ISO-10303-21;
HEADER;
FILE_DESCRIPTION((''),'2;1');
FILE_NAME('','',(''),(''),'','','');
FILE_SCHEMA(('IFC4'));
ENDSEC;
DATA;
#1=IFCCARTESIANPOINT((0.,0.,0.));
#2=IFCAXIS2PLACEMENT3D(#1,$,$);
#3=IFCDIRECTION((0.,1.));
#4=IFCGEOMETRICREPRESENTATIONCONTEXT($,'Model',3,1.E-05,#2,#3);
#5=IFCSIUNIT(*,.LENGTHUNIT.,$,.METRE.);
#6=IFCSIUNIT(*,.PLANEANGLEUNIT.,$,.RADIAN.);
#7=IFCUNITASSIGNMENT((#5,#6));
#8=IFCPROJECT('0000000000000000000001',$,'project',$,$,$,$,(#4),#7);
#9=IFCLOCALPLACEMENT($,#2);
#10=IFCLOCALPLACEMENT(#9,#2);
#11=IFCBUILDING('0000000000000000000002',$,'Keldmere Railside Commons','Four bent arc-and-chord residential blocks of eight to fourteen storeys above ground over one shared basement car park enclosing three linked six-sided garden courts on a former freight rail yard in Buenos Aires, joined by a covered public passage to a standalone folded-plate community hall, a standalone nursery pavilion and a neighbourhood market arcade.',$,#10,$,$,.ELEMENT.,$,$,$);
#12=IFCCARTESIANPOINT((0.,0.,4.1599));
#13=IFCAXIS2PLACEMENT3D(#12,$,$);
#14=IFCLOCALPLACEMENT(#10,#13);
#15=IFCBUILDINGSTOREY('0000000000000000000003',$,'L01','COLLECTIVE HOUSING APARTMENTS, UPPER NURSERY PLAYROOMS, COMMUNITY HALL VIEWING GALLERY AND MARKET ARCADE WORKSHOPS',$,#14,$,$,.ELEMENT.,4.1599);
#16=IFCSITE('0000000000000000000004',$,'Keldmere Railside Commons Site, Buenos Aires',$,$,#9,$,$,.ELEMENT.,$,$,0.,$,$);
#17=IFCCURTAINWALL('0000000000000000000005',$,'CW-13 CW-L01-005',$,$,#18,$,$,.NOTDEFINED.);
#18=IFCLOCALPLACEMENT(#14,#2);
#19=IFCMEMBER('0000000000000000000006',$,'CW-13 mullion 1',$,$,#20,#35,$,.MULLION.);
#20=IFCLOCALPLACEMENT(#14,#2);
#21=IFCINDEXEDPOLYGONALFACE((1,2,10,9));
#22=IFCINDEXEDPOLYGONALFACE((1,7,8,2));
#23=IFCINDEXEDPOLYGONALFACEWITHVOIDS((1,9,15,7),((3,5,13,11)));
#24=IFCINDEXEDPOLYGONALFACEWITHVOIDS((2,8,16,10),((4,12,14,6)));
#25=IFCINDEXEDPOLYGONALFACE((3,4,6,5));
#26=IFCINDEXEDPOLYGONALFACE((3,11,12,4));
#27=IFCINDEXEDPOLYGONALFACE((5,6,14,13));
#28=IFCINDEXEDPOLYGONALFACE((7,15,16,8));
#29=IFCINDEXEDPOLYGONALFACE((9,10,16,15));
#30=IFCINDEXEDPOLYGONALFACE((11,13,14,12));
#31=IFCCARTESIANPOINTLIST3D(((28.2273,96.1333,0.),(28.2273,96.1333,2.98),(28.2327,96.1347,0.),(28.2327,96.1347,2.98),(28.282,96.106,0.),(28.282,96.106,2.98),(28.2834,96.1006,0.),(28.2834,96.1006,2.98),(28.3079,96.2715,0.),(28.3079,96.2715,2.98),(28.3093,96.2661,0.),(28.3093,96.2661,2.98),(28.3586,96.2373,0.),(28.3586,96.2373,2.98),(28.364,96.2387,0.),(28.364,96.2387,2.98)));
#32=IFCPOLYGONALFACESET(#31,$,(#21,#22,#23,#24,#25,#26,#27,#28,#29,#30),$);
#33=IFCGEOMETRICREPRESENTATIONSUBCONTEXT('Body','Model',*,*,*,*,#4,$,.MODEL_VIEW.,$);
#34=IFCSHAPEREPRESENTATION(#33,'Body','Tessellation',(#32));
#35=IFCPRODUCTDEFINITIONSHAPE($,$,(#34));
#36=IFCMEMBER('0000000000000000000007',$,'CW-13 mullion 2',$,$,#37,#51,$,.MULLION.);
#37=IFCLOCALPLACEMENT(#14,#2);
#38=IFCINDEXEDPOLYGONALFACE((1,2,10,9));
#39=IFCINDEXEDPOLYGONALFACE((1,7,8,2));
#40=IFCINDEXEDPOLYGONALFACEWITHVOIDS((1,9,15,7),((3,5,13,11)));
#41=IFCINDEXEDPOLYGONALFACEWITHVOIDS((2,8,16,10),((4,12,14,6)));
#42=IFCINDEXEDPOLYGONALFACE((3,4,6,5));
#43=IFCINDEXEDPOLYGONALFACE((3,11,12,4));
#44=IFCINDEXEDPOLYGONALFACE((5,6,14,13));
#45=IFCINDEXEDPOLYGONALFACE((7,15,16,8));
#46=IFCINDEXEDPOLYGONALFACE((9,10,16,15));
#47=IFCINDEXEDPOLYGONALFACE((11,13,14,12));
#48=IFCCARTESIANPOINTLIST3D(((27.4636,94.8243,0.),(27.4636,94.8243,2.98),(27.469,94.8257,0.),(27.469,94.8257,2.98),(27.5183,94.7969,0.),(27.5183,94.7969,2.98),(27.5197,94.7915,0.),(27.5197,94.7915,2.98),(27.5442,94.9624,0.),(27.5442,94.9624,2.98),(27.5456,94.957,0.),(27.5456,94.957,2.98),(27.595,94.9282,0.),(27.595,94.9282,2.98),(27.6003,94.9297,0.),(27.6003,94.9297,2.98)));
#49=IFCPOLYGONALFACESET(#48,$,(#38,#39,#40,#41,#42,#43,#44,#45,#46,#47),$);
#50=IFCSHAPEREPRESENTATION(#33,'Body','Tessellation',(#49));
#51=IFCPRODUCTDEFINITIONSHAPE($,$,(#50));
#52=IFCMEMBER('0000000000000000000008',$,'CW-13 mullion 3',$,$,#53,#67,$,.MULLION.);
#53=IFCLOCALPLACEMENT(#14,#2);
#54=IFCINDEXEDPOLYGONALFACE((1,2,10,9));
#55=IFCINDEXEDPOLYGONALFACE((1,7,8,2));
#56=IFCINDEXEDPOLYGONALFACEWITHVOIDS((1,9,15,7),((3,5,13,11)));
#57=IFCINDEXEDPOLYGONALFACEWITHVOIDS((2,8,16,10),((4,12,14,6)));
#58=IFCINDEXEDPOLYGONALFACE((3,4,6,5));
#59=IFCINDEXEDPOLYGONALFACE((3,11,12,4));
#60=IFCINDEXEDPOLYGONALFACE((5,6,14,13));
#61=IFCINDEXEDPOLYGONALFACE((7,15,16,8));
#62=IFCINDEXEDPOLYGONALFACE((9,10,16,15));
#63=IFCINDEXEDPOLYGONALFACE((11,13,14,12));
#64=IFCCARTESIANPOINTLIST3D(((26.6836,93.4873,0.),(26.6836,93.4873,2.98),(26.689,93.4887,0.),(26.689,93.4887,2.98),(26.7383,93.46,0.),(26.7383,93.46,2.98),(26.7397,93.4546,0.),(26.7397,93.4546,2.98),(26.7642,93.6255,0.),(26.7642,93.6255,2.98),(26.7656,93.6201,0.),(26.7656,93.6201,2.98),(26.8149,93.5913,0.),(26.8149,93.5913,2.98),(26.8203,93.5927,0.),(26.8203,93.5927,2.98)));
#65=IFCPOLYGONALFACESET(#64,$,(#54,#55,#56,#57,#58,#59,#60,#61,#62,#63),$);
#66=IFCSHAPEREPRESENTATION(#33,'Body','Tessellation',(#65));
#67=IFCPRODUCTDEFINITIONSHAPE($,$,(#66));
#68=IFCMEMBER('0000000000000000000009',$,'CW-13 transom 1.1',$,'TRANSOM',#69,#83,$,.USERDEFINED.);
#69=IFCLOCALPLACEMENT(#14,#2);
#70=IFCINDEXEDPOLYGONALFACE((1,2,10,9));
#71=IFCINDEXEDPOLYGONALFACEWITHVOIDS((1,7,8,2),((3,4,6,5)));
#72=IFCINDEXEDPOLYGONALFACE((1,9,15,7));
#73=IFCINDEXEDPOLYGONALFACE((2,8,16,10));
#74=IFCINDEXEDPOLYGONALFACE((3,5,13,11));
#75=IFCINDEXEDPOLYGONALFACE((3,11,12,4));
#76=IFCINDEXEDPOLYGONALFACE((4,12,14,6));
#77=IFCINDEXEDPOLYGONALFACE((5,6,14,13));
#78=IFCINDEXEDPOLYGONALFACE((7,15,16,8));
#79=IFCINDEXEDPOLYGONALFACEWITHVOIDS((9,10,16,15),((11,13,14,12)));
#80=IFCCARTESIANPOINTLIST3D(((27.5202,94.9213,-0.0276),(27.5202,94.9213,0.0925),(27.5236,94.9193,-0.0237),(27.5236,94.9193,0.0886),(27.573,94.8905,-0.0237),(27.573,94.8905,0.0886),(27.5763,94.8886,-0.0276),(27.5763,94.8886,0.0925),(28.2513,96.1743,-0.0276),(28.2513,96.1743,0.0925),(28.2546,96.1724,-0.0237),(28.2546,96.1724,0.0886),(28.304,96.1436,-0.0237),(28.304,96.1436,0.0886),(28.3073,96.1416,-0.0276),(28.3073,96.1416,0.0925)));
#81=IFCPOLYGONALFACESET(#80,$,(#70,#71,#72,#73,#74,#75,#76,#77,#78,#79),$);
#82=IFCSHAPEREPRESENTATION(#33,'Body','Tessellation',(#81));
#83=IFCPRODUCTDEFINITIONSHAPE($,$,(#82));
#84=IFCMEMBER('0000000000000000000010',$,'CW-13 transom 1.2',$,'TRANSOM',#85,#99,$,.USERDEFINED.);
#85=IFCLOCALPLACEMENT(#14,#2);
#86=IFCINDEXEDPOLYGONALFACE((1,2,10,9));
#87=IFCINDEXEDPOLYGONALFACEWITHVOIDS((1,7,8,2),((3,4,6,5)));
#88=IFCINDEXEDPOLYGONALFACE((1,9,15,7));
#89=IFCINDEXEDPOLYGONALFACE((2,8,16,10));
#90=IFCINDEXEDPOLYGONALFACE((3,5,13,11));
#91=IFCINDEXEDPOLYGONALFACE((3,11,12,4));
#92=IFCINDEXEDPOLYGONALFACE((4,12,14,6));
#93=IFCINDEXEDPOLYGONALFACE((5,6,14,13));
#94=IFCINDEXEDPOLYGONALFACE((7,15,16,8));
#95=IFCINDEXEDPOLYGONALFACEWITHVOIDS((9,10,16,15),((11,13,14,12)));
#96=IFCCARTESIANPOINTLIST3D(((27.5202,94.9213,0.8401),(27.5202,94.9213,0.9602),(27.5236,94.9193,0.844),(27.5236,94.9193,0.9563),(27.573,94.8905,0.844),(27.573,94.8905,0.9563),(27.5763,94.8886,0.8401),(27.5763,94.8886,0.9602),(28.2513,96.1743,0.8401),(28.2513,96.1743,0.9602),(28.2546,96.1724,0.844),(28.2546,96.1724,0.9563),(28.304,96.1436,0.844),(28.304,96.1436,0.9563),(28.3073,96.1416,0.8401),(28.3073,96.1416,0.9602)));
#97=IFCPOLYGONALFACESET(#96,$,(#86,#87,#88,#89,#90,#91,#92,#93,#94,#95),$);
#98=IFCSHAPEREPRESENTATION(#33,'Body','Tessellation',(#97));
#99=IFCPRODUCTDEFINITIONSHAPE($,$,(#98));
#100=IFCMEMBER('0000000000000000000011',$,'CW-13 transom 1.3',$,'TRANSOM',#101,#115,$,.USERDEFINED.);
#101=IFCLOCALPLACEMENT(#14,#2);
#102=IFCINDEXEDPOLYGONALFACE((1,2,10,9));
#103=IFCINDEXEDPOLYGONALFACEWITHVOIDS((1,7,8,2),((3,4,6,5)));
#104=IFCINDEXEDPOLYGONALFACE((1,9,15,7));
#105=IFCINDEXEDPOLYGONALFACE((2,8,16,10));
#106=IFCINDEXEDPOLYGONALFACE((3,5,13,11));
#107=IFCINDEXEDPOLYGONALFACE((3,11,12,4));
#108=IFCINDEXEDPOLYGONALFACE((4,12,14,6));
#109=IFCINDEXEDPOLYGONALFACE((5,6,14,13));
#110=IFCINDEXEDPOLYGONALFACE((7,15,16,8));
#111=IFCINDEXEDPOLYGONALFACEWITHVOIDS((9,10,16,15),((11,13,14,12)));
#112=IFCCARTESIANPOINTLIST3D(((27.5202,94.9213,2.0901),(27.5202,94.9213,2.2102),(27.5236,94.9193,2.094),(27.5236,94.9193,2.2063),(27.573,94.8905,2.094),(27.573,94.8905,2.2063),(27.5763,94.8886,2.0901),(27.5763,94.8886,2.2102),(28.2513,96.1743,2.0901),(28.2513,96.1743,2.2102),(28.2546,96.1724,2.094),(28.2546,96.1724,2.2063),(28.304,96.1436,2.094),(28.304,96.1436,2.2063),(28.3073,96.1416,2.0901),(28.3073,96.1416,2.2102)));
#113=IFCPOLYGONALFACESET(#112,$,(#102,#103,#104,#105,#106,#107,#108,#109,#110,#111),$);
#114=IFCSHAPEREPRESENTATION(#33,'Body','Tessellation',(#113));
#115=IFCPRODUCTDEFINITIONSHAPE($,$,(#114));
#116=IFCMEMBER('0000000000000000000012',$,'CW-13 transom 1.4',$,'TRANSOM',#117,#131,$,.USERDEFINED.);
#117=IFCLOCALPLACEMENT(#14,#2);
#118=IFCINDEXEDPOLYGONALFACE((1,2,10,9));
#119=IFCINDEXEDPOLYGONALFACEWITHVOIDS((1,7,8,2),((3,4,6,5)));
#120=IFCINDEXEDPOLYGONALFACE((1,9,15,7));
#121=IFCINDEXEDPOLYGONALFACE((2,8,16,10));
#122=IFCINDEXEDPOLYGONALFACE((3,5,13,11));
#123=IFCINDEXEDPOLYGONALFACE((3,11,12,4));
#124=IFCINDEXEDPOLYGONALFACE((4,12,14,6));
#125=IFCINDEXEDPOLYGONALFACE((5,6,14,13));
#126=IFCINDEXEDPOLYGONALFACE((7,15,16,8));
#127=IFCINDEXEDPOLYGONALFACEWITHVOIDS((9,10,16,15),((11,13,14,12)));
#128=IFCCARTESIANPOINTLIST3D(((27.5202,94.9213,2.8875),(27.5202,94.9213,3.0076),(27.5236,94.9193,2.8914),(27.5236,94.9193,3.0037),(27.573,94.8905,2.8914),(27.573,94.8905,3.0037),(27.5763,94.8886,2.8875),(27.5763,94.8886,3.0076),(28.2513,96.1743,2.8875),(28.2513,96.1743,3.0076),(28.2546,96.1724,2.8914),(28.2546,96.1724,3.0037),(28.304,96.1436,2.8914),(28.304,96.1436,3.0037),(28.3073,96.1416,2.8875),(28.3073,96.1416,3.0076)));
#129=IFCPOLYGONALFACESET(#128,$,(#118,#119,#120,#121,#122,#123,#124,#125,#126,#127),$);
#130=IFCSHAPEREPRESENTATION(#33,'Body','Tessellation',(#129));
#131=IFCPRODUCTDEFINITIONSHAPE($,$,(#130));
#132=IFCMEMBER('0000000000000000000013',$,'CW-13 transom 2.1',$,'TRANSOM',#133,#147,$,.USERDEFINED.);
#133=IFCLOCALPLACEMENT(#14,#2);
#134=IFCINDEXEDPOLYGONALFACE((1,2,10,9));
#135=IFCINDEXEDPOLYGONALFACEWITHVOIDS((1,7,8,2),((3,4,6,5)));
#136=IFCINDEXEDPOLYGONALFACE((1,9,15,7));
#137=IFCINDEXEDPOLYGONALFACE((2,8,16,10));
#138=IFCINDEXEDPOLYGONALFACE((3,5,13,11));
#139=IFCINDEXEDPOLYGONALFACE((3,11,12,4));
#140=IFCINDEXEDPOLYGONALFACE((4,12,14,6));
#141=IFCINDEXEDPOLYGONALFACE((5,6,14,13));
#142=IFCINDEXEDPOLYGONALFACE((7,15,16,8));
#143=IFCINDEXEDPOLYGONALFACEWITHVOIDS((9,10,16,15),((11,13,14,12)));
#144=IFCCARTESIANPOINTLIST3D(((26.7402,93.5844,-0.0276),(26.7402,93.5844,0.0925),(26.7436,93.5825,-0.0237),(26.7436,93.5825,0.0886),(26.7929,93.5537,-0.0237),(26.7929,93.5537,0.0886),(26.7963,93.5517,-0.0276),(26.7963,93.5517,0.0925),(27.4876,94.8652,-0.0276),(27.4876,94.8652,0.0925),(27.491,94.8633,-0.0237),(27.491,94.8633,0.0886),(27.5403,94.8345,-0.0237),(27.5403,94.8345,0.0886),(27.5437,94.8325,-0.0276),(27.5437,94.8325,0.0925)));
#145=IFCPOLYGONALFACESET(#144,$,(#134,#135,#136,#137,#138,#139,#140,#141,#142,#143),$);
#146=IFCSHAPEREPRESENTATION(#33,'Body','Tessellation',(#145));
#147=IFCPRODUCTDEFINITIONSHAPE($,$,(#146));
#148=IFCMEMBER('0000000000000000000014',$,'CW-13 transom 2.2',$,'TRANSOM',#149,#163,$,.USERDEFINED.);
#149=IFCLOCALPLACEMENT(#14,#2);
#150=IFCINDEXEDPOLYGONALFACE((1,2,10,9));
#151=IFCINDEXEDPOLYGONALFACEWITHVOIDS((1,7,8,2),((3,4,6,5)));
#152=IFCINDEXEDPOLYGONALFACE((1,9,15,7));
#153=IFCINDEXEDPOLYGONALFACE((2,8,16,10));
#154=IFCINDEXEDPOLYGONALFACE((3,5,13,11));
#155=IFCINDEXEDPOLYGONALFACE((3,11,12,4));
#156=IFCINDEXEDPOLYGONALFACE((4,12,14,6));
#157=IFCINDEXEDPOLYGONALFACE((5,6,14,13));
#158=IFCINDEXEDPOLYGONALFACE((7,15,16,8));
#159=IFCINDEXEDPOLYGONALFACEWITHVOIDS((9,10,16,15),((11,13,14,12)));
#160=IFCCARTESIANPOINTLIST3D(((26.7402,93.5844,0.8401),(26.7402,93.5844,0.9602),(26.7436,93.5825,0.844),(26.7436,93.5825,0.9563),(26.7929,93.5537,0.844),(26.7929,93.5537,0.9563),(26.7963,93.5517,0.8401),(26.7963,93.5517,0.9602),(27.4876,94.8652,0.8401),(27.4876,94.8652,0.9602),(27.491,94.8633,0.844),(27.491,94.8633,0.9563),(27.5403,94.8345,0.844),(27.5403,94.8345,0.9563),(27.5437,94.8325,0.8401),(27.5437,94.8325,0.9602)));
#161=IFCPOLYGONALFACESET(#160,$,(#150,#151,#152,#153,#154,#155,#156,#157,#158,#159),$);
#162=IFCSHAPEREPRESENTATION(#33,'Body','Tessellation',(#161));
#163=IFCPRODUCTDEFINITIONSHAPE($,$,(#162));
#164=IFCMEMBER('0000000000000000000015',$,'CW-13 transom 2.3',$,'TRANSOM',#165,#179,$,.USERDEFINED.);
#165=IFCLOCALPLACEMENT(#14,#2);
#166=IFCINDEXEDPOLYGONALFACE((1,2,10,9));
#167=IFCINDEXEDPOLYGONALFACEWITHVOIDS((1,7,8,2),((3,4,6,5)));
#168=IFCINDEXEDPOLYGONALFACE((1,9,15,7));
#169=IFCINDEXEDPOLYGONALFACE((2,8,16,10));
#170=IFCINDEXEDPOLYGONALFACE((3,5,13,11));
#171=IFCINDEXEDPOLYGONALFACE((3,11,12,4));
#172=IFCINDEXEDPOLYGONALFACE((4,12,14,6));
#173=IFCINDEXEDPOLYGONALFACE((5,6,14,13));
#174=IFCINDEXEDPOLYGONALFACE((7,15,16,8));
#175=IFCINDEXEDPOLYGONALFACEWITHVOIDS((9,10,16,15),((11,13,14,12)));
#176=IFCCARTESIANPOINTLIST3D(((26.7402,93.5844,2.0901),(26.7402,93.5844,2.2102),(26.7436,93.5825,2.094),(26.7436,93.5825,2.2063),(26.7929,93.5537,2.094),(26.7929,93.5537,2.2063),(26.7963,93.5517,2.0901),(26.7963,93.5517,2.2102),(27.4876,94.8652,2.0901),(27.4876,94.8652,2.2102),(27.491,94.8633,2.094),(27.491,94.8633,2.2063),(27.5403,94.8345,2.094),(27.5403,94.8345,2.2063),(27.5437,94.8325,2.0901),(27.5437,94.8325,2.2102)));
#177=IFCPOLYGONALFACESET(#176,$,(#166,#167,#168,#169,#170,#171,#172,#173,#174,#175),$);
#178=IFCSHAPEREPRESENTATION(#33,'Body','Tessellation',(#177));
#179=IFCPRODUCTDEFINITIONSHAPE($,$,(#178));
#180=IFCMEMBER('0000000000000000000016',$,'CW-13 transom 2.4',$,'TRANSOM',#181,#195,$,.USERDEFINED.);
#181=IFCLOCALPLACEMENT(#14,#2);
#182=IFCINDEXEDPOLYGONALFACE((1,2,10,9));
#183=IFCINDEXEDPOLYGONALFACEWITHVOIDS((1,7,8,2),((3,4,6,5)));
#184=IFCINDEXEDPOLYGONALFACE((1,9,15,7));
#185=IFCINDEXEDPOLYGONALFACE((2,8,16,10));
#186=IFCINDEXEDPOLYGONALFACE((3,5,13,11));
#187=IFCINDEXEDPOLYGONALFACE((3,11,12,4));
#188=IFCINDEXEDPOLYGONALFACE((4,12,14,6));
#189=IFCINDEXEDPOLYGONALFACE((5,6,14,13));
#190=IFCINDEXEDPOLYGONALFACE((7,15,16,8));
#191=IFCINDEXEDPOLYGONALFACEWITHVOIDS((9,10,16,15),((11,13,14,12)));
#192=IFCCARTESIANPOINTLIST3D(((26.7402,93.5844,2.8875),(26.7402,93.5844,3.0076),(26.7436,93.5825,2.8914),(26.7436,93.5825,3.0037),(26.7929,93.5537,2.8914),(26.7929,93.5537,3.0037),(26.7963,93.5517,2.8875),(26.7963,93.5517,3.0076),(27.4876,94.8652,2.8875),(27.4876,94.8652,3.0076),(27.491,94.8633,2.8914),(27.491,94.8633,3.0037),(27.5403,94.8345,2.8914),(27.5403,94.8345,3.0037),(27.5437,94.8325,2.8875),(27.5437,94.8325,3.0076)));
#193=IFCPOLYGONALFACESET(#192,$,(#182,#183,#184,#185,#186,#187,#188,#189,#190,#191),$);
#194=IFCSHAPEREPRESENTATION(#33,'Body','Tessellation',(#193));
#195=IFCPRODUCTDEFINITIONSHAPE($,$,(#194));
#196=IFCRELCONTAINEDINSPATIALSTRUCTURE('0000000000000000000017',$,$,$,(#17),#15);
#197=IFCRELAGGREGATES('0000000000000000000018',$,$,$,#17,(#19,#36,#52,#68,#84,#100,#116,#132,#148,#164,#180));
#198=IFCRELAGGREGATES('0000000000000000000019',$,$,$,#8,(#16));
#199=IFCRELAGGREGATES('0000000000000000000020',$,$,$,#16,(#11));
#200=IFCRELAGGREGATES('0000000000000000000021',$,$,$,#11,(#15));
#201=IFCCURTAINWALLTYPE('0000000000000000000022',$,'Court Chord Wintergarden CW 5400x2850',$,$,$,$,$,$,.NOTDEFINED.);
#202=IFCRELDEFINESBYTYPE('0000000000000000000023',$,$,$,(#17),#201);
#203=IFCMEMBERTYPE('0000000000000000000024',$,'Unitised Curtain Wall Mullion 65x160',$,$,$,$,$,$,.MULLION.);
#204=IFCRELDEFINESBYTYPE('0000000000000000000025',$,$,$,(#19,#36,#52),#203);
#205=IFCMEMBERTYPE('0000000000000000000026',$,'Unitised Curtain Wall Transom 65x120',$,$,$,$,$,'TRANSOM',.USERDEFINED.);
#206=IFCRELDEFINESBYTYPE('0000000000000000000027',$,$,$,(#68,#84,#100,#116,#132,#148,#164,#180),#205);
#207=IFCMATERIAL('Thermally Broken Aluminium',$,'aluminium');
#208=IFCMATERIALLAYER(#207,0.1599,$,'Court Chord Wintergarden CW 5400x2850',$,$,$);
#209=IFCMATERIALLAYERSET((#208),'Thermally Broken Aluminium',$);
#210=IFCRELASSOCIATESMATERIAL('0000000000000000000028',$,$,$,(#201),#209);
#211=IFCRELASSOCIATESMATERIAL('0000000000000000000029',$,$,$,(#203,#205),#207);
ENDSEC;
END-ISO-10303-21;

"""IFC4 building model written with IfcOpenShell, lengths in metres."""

from ifc_helpers import new_model, si_unit, direction, frame, origin, origin_2d, place, context, subcontext, project, spatial, hollow_rectangle, extrude, material, layer, layer_set, material_profile, profile_set, type_object, element, aggregate, save


model = new_model("IFC4")

# Units and contexts
model_context = context("Model", 3, precision=1e-05, world=origin(), true_north=direction((0.0, 1.0)))
body_context = subcontext(model_context, "Body", "Model", "MODEL_VIEW")
ifc_project = project(units=[si_unit("LENGTHUNIT", "METRE"), si_unit("PLANEANGLEUNIT", "RADIAN")], contexts=[model_context])

# Site, building, storey
site_placement = place(None, origin())
site = spatial("IfcSite", under=ifc_project, at=site_placement, Name="Keldmere Railside Commons Site, Buenos Aires", CompositionType="ELEMENT", RefElevation=0.0)
building_placement = place(site_placement, origin())
building = spatial("IfcBuilding", under=site, at=building_placement, Name="Keldmere Railside Commons", Description="Four bent arc-and-chord residential blocks of eight to fourteen storeys above ground over one shared basement car park enclosing three linked six-sided garden courts on a former freight rail yard in Buenos Aires, joined by a covered public passage to a standalone folded-plate community hall, a standalone nursery pavilion and a neighbourhood market arcade.", CompositionType="ELEMENT")
storey_placement = place(building_placement, frame((0.0, 0.0, 4.1599)))
storey = spatial("IfcBuildingStorey", under=building, at=storey_placement, Name="L01", Description="COLLECTIVE HOUSING APARTMENTS, UPPER NURSERY PLAYROOMS, COMMUNITY HALL VIEWING GALLERY AND MARKET ARCADE WORKSHOPS", CompositionType="ELEMENT", Elevation=4.1599)

# Curtain wall, members
ifc_material_1 = material(Name="Thermally Broken Aluminium", Category="aluminium")
ifc_layer_1 = layer(ifc_material_1, 0.1599, Name="Court Chord Wintergarden CW 5400x2850")
ifc_layer_set_1 = layer_set([ifc_layer_1], Name="Thermally Broken Aluminium")
curtain_wall_type = type_object("IfcCurtainWallType", Name="Court Chord Wintergarden CW 5400x2850", PredefinedType="NOTDEFINED", material=ifc_layer_set_1)
curtain_wall_placement = place(storey_placement, origin())
curtain_wall = element("IfcCurtainWall", 1, at=curtain_wall_placement, inside=storey, type_object=curtain_wall_type, Name="CW-13 CW-L01-005", PredefinedType="NOTDEFINED")
ifc_material_profile_1 = material_profile(ifc_material_1, hollow_rectangle(XDim=0.0649, YDim=0.1599, WallThickness=0.0039, at=origin_2d()), Name="ALU-MULL-65x160")
ifc_profile_set_1 = profile_set([ifc_material_profile_1], Name="Thermally Broken Aluminium")
member_type_1 = type_object("IfcMemberType", Name="Unitised Curtain Wall Mullion 65x160", PredefinedType="MULLION", material=ifc_profile_set_1)
member_1_placement = place(storey_placement, frame((28.2957, 96.186, 0.0), z_axis=(0.0, 0.0, 1.0), x_axis=(0.863755, -0.503911, 0.0)))
member_1 = element("IfcMember", 2, at=member_1_placement, type_object=member_type_1, Name="CW-13 mullion 1", PredefinedType="MULLION", context=body_context, shape_type="SweptSolid", body=[
    extrude(hollow_rectangle(XDim=0.0649, YDim=0.1599, WallThickness=0.0039, at=origin_2d()), origin(), (0.0, 0.0, 1.0), 2.98),
])
member_2_placement = place(storey_placement, frame((27.532, 94.877, 0.0), z_axis=(0.0, 0.0, 1.0), x_axis=(0.863755, -0.503911, 0.0)))
member_2 = element("IfcMember", 3, at=member_2_placement, type_object=member_type_1, Name="CW-13 mullion 2", PredefinedType="MULLION", context=body_context, shape_type="SweptSolid", body=[
    extrude(hollow_rectangle(XDim=0.0649, YDim=0.1599, WallThickness=0.0039, at=origin_2d()), origin(), (0.0, 0.0, 1.0), 2.98),
])
member_3_placement = place(storey_placement, frame((26.752, 93.54, 0.0), z_axis=(0.0, 0.0, 1.0), x_axis=(0.863755, -0.503911, 0.0)))
member_3 = element("IfcMember", 4, at=member_3_placement, type_object=member_type_1, Name="CW-13 mullion 3", PredefinedType="MULLION", context=body_context, shape_type="SweptSolid", body=[
    extrude(hollow_rectangle(XDim=0.0649, YDim=0.1599, WallThickness=0.0039, at=origin_2d()), origin(), (0.0, 0.0, 1.0), 2.98),
])
ifc_material_profile_2 = material_profile(ifc_material_1, hollow_rectangle(XDim=0.0649, YDim=0.1201, WallThickness=0.0039, at=origin_2d()), Name="ALU-TRAN-65x120")
ifc_profile_set_2 = profile_set([ifc_material_profile_2], Name="Thermally Broken Aluminium")
member_type_2 = type_object("IfcMemberType", Name="Unitised Curtain Wall Transom 65x120", ElementType="TRANSOM", PredefinedType="USERDEFINED", material=ifc_profile_set_2)
member_4_placement = place(storey_placement, frame((28.2793, 96.158, 0.0325), z_axis=(-0.503913, -0.863754, 0.0), x_axis=(0.863754, -0.503913, 0.0)))
member_4 = element("IfcMember", 5, at=member_4_placement, type_object=member_type_2, Name="CW-13 transom 1.1", ObjectType="TRANSOM", PredefinedType="USERDEFINED", context=body_context, shape_type="SweptSolid", body=[
    extrude(hollow_rectangle(XDim=0.0649, YDim=0.1201, WallThickness=0.0039, at=origin_2d()), origin(), (0.0, 0.0, 1.0), 1.4507),
])
member_5_placement = place(storey_placement, frame((28.2793, 96.158, 0.9001), z_axis=(-0.503913, -0.863754, 0.0), x_axis=(0.863754, -0.503913, 0.0)))
member_5 = element("IfcMember", 6, at=member_5_placement, type_object=member_type_2, Name="CW-13 transom 1.2", ObjectType="TRANSOM", PredefinedType="USERDEFINED", context=body_context, shape_type="SweptSolid", body=[
    extrude(hollow_rectangle(XDim=0.0649, YDim=0.1201, WallThickness=0.0039, at=origin_2d()), origin(), (0.0, 0.0, 1.0), 1.4507),
])
member_6_placement = place(storey_placement, frame((28.2793, 96.158, 2.1501), z_axis=(-0.503913, -0.863754, 0.0), x_axis=(0.863754, -0.503913, 0.0)))
member_6 = element("IfcMember", 7, at=member_6_placement, type_object=member_type_2, Name="CW-13 transom 1.3", ObjectType="TRANSOM", PredefinedType="USERDEFINED", context=body_context, shape_type="SweptSolid", body=[
    extrude(hollow_rectangle(XDim=0.0649, YDim=0.1201, WallThickness=0.0039, at=origin_2d()), origin(), (0.0, 0.0, 1.0), 1.4507),
])
member_7_placement = place(storey_placement, frame((28.2793, 96.158, 2.9475), z_axis=(-0.503913, -0.863754, 0.0), x_axis=(0.863754, -0.503913, 0.0)))
member_7 = element("IfcMember", 8, at=member_7_placement, type_object=member_type_2, Name="CW-13 transom 1.4", ObjectType="TRANSOM", PredefinedType="USERDEFINED", context=body_context, shape_type="SweptSolid", body=[
    extrude(hollow_rectangle(XDim=0.0649, YDim=0.1201, WallThickness=0.0039, at=origin_2d()), origin(), (0.0, 0.0, 1.0), 1.4507),
])
member_8_placement = place(storey_placement, frame((27.5156, 94.8489, 0.0325), z_axis=(-0.503973, -0.863719, 0.0), x_axis=(0.863719, -0.503973, 0.0)))
member_8 = element("IfcMember", 9, at=member_8_placement, type_object=member_type_2, Name="CW-13 transom 2.1", ObjectType="TRANSOM", PredefinedType="USERDEFINED", context=body_context, shape_type="SweptSolid", body=[
    extrude(hollow_rectangle(XDim=0.0649, YDim=0.1201, WallThickness=0.0039, at=origin_2d()), origin(), (0.0, 0.0, 1.0), 1.4829),
])
member_9_placement = place(storey_placement, frame((27.5156, 94.8489, 0.9001), z_axis=(-0.503973, -0.863719, 0.0), x_axis=(0.863719, -0.503973, 0.0)))
member_9 = element("IfcMember", 10, at=member_9_placement, type_object=member_type_2, Name="CW-13 transom 2.2", ObjectType="TRANSOM", PredefinedType="USERDEFINED", context=body_context, shape_type="SweptSolid", body=[
    extrude(hollow_rectangle(XDim=0.0649, YDim=0.1201, WallThickness=0.0039, at=origin_2d()), origin(), (0.0, 0.0, 1.0), 1.4829),
])
member_10_placement = place(storey_placement, frame((27.5156, 94.8489, 2.1501), z_axis=(-0.503973, -0.863719, 0.0), x_axis=(0.863719, -0.503973, 0.0)))
member_10 = element("IfcMember", 11, at=member_10_placement, type_object=member_type_2, Name="CW-13 transom 2.3", ObjectType="TRANSOM", PredefinedType="USERDEFINED", context=body_context, shape_type="SweptSolid", body=[
    extrude(hollow_rectangle(XDim=0.0649, YDim=0.1201, WallThickness=0.0039, at=origin_2d()), origin(), (0.0, 0.0, 1.0), 1.4829),
])
member_11_placement = place(storey_placement, frame((27.5156, 94.8489, 2.9475), z_axis=(-0.503973, -0.863719, 0.0), x_axis=(0.863719, -0.503973, 0.0)))
member_11 = element("IfcMember", 12, at=member_11_placement, type_object=member_type_2, Name="CW-13 transom 2.4", ObjectType="TRANSOM", PredefinedType="USERDEFINED", context=body_context, shape_type="SweptSolid", body=[
    extrude(hollow_rectangle(XDim=0.0649, YDim=0.1201, WallThickness=0.0039, at=origin_2d()), origin(), (0.0, 0.0, 1.0), 1.4829),
])
aggregate(curtain_wall, [member_1, member_2, member_3, member_4, member_5, member_6, member_7, member_8, member_9, member_10, member_11])

save(model, "model.ifc")
